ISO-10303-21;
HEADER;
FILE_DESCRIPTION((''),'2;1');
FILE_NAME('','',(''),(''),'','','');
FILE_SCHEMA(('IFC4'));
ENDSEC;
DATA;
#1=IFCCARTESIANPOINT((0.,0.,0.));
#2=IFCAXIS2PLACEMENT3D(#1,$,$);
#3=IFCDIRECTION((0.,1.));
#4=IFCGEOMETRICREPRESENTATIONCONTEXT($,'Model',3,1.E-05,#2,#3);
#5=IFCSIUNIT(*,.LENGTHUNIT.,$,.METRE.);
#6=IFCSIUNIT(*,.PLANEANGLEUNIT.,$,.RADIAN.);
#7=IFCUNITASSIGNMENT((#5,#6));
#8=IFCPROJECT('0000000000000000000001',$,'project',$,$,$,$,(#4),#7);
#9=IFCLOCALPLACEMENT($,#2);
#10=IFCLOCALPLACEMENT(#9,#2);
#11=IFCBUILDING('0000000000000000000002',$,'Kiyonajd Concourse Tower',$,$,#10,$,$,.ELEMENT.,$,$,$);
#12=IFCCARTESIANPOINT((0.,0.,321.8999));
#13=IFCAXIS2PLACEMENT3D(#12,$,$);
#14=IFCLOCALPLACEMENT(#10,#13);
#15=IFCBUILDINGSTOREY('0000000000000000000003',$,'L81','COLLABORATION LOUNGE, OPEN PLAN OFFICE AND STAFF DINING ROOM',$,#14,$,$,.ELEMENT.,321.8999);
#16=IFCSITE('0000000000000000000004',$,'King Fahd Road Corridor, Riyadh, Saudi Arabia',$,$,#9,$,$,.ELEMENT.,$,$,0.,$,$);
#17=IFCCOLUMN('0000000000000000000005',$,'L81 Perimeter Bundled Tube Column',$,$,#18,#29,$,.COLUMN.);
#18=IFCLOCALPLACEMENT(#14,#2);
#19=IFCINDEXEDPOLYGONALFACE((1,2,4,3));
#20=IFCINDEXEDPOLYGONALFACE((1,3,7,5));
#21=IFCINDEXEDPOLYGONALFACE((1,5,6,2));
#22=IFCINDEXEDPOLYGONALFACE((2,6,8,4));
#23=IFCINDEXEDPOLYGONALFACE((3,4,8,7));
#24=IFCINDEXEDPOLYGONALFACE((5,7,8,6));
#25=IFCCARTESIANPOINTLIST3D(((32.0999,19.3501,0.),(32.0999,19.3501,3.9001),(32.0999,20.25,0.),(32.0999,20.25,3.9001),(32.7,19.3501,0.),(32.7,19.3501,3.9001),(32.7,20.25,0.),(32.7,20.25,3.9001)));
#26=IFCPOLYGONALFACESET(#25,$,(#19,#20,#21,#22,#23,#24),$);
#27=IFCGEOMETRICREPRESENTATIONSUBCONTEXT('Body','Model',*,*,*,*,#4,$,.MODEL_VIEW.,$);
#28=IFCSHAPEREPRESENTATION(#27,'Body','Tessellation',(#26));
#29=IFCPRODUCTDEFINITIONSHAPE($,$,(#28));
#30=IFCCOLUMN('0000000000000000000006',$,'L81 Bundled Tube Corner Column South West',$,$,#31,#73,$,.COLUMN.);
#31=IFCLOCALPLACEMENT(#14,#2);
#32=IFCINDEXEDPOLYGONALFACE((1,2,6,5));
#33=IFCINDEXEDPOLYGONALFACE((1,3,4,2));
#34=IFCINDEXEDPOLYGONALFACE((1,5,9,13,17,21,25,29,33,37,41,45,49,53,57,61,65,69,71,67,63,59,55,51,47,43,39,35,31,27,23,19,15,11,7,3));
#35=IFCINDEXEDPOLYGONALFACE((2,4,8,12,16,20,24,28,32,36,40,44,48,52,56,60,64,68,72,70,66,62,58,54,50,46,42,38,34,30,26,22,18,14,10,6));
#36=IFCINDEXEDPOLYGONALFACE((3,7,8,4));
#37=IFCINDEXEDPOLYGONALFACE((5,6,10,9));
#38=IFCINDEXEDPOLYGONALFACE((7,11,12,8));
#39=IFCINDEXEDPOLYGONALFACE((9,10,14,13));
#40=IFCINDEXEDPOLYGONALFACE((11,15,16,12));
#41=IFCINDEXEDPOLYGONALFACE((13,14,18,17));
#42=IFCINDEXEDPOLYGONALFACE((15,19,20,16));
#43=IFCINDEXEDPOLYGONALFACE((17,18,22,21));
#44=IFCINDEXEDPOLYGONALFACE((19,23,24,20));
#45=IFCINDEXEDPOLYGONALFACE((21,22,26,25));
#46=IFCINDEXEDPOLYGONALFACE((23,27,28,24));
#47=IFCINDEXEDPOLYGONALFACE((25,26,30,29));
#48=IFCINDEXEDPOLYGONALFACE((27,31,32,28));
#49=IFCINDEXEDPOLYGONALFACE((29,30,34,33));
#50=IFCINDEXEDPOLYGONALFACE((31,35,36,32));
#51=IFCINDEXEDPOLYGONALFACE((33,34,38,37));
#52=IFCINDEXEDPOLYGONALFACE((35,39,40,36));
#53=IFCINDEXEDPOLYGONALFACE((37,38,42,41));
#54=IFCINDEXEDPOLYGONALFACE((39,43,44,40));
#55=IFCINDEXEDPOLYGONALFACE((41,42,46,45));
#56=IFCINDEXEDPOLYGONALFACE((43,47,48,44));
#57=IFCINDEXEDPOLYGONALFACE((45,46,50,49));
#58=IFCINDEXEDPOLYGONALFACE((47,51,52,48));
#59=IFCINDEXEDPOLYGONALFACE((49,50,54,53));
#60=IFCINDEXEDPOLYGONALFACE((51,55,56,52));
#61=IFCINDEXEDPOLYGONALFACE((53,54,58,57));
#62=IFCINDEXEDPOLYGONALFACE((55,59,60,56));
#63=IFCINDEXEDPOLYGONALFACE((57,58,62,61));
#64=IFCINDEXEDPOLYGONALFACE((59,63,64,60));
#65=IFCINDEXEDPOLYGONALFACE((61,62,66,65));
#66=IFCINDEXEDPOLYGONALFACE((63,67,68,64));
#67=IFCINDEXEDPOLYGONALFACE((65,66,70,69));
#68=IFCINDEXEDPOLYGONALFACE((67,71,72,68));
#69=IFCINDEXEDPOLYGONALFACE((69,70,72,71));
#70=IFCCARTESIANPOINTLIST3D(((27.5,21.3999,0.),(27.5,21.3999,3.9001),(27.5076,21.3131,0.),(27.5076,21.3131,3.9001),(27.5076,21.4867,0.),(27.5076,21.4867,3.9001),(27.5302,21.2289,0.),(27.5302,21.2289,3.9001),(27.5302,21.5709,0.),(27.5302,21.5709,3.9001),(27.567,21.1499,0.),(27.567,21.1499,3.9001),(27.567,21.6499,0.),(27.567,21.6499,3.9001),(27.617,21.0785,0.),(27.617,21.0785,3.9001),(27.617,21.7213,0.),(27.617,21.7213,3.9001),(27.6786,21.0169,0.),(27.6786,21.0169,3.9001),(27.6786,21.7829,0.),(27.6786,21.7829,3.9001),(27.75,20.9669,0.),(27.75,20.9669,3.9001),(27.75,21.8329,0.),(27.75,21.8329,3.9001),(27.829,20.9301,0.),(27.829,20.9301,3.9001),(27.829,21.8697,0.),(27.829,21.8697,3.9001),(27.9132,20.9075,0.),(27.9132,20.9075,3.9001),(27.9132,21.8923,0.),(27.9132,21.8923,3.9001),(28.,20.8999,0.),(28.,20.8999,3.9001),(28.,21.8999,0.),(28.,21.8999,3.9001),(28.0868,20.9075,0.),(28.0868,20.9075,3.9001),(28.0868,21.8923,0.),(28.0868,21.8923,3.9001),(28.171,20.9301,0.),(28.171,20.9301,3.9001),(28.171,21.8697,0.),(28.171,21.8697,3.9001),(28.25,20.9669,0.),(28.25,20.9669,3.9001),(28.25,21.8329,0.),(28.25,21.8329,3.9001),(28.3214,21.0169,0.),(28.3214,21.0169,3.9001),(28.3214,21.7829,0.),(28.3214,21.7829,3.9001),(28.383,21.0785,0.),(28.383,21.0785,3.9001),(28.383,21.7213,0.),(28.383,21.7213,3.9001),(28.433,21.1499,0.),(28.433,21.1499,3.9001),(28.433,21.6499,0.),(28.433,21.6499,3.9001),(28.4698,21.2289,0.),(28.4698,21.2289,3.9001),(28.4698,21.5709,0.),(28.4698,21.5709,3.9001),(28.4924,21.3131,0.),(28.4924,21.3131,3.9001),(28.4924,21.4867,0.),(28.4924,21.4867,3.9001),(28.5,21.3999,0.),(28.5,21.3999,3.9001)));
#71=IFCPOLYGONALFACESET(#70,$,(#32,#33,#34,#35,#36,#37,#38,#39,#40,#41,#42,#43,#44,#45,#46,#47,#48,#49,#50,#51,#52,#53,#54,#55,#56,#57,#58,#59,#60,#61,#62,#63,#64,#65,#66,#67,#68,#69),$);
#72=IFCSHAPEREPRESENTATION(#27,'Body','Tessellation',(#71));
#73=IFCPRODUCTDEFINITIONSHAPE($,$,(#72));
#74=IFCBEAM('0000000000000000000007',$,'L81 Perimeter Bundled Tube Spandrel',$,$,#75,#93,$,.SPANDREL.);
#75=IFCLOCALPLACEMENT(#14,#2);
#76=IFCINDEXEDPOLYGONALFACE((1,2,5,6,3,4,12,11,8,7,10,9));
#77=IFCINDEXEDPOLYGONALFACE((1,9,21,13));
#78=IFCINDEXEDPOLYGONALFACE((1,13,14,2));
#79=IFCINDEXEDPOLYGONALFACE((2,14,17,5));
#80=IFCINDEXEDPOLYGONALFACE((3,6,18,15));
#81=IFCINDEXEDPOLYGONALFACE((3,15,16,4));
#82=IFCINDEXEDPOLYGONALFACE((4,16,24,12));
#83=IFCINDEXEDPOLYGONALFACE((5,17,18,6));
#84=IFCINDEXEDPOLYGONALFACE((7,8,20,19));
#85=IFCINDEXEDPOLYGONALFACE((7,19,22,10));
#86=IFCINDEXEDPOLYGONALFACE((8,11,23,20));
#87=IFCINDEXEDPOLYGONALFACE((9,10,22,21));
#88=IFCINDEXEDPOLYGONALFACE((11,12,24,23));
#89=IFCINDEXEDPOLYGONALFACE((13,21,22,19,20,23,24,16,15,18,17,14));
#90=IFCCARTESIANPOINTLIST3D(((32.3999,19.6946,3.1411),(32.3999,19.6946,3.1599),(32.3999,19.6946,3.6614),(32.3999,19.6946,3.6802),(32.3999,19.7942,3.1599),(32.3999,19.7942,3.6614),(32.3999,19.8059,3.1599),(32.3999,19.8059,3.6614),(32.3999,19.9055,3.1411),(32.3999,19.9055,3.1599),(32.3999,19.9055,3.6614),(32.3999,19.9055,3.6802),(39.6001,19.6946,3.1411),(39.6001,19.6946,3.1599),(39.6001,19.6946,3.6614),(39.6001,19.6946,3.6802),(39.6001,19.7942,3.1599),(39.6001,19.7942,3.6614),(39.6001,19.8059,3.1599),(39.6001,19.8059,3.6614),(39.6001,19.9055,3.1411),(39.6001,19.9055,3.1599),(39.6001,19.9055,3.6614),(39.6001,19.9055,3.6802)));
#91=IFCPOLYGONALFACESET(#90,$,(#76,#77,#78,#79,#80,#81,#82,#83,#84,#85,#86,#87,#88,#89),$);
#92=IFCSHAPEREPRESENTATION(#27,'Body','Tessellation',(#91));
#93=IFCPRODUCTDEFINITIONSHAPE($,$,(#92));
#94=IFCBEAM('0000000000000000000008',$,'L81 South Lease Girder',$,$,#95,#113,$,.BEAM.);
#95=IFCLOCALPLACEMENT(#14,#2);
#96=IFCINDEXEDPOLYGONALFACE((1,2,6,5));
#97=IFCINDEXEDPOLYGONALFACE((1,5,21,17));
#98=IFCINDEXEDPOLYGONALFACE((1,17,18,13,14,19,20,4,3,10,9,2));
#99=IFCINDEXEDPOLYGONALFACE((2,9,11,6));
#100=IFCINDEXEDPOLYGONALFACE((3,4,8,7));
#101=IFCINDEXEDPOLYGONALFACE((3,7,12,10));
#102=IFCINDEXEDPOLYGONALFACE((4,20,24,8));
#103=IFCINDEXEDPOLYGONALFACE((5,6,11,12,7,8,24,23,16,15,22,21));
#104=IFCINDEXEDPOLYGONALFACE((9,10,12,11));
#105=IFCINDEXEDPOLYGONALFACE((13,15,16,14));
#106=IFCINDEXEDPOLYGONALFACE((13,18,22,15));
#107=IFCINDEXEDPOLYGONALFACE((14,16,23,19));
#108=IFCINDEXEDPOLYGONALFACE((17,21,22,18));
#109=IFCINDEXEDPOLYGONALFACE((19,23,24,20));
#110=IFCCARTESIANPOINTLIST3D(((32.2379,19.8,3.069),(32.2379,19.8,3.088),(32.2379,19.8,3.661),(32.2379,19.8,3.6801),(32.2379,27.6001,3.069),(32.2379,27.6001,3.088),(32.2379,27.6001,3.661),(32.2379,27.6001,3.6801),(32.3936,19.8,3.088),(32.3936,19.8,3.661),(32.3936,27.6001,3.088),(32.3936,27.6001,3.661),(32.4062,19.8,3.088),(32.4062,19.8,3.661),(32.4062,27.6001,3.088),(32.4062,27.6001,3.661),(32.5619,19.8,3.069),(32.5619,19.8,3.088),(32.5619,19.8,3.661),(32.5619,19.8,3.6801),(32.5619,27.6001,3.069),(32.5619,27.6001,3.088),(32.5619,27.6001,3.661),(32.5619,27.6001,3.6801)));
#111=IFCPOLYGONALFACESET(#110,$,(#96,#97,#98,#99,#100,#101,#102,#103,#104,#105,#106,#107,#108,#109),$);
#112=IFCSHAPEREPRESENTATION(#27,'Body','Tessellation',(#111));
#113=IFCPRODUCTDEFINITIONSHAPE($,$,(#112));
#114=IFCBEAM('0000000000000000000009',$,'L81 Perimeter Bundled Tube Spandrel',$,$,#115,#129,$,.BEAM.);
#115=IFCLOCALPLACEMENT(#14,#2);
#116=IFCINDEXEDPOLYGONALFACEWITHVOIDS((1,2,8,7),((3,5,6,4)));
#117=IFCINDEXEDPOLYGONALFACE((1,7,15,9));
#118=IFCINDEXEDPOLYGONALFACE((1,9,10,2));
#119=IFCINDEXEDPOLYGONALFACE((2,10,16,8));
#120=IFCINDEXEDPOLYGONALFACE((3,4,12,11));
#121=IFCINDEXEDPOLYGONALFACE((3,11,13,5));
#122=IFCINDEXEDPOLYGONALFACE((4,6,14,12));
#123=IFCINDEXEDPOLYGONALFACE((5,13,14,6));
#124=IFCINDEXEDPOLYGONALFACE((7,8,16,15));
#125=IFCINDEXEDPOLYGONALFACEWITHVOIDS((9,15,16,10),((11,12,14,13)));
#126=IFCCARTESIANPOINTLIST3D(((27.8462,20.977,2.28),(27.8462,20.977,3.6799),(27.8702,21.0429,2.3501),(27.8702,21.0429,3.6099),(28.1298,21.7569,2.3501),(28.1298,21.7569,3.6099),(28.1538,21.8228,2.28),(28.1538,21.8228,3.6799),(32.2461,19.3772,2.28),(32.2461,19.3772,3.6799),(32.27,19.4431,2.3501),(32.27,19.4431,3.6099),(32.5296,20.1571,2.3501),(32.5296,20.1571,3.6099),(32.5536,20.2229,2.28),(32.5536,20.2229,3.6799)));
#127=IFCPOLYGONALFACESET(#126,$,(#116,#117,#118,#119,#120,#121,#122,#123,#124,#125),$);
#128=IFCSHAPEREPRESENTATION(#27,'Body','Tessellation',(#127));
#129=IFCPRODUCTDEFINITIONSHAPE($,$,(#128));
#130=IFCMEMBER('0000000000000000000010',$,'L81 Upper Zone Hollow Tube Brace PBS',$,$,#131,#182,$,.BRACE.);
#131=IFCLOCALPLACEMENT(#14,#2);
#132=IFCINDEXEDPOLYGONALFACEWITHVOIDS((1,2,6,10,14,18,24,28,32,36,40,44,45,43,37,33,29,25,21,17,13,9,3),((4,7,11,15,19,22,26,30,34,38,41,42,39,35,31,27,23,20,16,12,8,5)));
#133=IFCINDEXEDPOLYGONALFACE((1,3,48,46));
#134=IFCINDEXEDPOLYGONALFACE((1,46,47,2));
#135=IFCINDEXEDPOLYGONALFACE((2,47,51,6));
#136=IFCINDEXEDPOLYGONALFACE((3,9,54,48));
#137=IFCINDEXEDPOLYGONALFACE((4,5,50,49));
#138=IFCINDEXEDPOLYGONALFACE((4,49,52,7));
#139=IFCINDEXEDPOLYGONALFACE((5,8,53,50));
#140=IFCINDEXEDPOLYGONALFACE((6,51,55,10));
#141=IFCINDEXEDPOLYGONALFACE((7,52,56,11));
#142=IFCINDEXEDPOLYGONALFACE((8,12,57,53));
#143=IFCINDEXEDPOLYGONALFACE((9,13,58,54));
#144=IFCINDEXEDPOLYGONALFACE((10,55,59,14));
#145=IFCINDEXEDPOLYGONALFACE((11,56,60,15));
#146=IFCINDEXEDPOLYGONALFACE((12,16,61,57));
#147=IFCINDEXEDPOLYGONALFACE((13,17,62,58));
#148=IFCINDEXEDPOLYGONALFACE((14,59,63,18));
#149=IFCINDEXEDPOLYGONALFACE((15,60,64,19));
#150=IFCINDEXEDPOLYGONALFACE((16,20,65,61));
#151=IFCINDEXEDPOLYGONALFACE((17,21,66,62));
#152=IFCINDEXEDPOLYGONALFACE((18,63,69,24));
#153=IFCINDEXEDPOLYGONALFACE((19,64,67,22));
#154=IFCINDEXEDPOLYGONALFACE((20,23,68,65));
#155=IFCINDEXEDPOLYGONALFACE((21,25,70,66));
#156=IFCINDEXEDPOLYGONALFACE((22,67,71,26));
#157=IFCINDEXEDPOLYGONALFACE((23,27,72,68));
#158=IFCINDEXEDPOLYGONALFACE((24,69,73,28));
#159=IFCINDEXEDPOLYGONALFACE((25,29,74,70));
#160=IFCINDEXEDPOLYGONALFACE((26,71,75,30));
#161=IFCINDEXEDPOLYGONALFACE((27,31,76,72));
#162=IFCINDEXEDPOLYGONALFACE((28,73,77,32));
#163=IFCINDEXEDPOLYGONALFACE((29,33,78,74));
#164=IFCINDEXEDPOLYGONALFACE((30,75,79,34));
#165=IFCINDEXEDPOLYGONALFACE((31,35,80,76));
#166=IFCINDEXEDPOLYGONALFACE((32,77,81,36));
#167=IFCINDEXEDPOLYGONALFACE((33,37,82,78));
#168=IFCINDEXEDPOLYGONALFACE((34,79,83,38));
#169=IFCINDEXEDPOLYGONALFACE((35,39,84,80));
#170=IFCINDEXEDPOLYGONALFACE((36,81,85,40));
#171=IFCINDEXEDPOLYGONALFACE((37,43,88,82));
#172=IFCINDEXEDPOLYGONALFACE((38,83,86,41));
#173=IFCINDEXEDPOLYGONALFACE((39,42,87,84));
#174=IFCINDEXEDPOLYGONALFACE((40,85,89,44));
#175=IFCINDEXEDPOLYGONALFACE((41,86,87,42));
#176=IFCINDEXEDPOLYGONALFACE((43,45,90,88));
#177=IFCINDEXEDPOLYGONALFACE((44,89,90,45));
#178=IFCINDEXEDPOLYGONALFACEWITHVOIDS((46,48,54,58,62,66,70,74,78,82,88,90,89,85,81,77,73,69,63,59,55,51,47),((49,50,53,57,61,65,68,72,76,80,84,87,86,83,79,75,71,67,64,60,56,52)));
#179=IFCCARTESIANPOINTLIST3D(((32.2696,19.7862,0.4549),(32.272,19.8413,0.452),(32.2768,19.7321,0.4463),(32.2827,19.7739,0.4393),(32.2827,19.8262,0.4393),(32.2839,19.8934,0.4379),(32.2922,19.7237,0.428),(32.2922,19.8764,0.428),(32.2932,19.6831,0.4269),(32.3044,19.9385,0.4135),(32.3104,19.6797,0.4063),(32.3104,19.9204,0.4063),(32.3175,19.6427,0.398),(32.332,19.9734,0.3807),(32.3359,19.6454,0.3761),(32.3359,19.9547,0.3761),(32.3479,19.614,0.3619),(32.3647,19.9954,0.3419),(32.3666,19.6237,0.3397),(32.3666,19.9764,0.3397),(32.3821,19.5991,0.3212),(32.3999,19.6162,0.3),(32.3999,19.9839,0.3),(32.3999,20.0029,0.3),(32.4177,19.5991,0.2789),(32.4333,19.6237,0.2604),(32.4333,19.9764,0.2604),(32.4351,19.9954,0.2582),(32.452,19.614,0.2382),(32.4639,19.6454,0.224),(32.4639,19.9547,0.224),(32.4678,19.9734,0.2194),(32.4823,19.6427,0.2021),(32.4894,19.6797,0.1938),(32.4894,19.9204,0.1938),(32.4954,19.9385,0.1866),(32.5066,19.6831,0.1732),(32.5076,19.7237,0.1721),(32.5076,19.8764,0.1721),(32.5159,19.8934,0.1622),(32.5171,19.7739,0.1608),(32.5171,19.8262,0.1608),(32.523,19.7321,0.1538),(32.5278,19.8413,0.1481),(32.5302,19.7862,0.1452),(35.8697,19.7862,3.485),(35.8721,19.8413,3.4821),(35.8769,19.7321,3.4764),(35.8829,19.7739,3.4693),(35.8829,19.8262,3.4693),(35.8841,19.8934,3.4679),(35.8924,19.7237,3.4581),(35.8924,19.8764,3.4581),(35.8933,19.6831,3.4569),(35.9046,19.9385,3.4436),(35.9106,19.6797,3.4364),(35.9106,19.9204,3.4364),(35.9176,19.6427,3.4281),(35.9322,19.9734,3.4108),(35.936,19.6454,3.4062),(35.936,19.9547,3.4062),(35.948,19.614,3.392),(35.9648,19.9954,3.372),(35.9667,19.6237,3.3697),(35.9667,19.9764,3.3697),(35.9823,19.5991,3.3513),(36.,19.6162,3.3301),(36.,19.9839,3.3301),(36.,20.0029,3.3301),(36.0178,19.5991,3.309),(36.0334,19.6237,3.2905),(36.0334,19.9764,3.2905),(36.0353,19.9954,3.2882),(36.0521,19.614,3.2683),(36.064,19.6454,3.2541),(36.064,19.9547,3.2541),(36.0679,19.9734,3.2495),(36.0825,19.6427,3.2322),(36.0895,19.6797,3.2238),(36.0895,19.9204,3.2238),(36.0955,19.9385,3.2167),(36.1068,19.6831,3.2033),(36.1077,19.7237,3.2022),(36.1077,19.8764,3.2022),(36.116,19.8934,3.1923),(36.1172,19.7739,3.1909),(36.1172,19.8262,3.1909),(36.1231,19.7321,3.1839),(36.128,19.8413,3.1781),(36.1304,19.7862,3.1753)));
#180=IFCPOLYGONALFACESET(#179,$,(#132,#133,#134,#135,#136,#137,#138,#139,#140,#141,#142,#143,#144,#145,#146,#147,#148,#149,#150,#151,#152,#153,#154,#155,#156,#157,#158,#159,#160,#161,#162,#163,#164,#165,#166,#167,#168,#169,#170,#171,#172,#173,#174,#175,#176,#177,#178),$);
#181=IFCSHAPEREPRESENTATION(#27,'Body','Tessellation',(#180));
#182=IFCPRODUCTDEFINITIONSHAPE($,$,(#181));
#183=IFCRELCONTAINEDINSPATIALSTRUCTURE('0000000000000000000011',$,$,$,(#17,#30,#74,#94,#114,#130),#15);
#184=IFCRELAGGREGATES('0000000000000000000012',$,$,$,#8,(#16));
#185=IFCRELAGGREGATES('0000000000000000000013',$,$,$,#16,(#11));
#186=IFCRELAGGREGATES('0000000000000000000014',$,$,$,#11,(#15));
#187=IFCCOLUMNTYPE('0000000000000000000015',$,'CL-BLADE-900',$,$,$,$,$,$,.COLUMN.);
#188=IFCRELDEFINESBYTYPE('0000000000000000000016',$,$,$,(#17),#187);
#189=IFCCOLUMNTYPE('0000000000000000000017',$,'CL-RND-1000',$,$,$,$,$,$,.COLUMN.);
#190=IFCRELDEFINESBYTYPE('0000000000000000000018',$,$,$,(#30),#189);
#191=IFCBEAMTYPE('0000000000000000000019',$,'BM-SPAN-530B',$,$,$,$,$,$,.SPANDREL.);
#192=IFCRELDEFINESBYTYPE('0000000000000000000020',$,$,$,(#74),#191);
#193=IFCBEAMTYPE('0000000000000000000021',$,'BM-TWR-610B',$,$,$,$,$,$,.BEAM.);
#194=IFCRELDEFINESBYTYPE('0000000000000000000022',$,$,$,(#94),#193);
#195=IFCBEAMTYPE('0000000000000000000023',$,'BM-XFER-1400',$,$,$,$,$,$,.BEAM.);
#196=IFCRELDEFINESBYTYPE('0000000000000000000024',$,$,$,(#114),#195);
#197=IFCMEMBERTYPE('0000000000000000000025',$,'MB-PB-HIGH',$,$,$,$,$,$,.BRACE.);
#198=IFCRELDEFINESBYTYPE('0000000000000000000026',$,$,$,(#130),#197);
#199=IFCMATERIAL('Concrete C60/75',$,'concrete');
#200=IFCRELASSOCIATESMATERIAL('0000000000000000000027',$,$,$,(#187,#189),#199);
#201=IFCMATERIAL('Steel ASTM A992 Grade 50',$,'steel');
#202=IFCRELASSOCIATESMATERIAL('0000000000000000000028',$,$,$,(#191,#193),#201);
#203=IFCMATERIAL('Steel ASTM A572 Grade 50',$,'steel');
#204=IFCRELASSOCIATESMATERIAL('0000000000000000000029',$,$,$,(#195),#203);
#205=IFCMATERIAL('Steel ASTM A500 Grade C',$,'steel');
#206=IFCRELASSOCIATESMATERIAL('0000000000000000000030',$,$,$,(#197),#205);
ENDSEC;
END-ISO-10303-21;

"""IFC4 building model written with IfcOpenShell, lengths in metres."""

from ifc_helpers import new_model, si_unit, direction, frame, origin, origin_2d, place, context, subcontext, project, spatial, rectangle, hollow_rectangle, circle, hollow_circle, i_section, extrude, material, material_profile, profile_set, type_object, element, save


model = new_model("IFC4")

# Units and contexts
model_context = context("Model", 3, precision=1e-05, world=origin(), true_north=direction((0.0, 1.0)))
body_context = subcontext(model_context, "Body", "Model", "MODEL_VIEW")
ifc_project = project(units=[si_unit("LENGTHUNIT", "METRE"), si_unit("PLANEANGLEUNIT", "RADIAN")], contexts=[model_context])

# Site, building, storey
site_placement = place(None, origin())
site = spatial("IfcSite", under=ifc_project, at=site_placement, Name="King Fahd Road Corridor, Riyadh, Saudi Arabia", CompositionType="ELEMENT", RefElevation=0.0)
building_placement = place(site_placement, origin())
building = spatial("IfcBuilding", under=site, at=building_placement, Name="Kiyonajd Concourse Tower", CompositionType="ELEMENT")
storey_placement = place(building_placement, frame((0.0, 0.0, 321.8999)))
storey = spatial("IfcBuildingStorey", under=building, at=storey_placement, Name="L81", Description="COLLABORATION LOUNGE, OPEN PLAN OFFICE AND STAFF DINING ROOM", CompositionType="ELEMENT", Elevation=321.8999)

# Columns
ifc_material_1 = material(Name="Concrete C60/75", Category="concrete")
ifc_material_profile_1 = material_profile(ifc_material_1, rectangle(XDim=0.6001, YDim=0.8999, at=origin_2d()), Name="RC-900x600")
ifc_profile_set_1 = profile_set([ifc_material_profile_1], Name="Concrete C60/75")
column_type_1 = type_object("IfcColumnType", Name="CL-BLADE-900", PredefinedType="COLUMN", material=ifc_profile_set_1)
column_1_placement = place(storey_placement, frame((32.3999, 19.8, 0.0), z_axis=(0.0, 0.0, 1.0), x_axis=(1.0, 0.0, 0.0)))
element("IfcColumn", 1, at=column_1_placement, inside=storey, type_object=column_type_1, Name="L81 Perimeter Bundled Tube Column", PredefinedType="COLUMN", context=body_context, shape_type="SweptSolid", body=[
    extrude(rectangle(XDim=0.6001, YDim=0.8999, at=origin_2d()), origin(), (0.0, 0.0, 1.0), 3.9001),
])
ifc_material_profile_2 = material_profile(ifc_material_1, circle(Radius=0.5, at=origin_2d()), Name="RCC-D1000")
ifc_profile_set_2 = profile_set([ifc_material_profile_2], Name="Concrete C60/75")
column_type_2 = type_object("IfcColumnType", Name="CL-RND-1000", PredefinedType="COLUMN", material=ifc_profile_set_2)
column_2_placement = place(storey_placement, frame((28.0, 21.3999, 0.0), z_axis=(0.0, 0.0, 1.0), x_axis=(1.0, 0.0, 0.0)))
element("IfcColumn", 2, at=column_2_placement, inside=storey, type_object=column_type_2, Name="L81 Bundled Tube Corner Column South West", PredefinedType="COLUMN", context=body_context, shape_type="SweptSolid", body=[
    extrude(circle(Radius=0.5, at=origin_2d()), origin(), (0.0, 0.0, 1.0), 3.9001),
])

# Beams
ifc_material_2 = material(Name="Steel ASTM A992 Grade 50", Category="steel")
ifc_material_profile_3 = material_profile(ifc_material_2, i_section(OverallWidth=0.2109, OverallDepth=0.5391, WebThickness=0.0117, FlangeThickness=0.0188, at=origin_2d()), Name="W530X109")
ifc_profile_set_3 = profile_set([ifc_material_profile_3], Name="Steel ASTM A992 Grade 50")
beam_type_1 = type_object("IfcBeamType", Name="BM-SPAN-530B", PredefinedType="SPANDREL", material=ifc_profile_set_3)
beam_1_placement = place(storey_placement, frame((32.3999, 19.8, 3.4106), z_axis=(1.0, 0.0, 0.0), x_axis=(0.0, 1.0, 0.0)))
element("IfcBeam", 3, at=beam_1_placement, inside=storey, type_object=beam_type_1, Name="L81 Perimeter Bundled Tube Spandrel", PredefinedType="SPANDREL", context=body_context, shape_type="SweptSolid", body=[
    extrude(i_section(OverallWidth=0.2109, OverallDepth=0.5391, WebThickness=0.0117, FlangeThickness=0.0188, at=origin_2d()), origin(), (0.0, 0.0, 1.0), 7.2002),
])
ifc_material_profile_4 = material_profile(ifc_material_2, i_section(OverallWidth=0.324, OverallDepth=0.6111, WebThickness=0.0127, FlangeThickness=0.019, at=origin_2d()), Name="W610X155")
ifc_profile_set_4 = profile_set([ifc_material_profile_4], Name="Steel ASTM A992 Grade 50")
beam_type_2 = type_object("IfcBeamType", Name="BM-TWR-610B", PredefinedType="BEAM", material=ifc_profile_set_4)
beam_2_placement = place(storey_placement, frame((32.3999, 19.8, 3.3745), z_axis=(0.0, 1.0, 0.0), x_axis=(-1.0, 0.0, 0.0)))
element("IfcBeam", 4, at=beam_2_placement, inside=storey, type_object=beam_type_2, Name="L81 South Lease Girder", PredefinedType="BEAM", context=body_context, shape_type="SweptSolid", body=[
    extrude(i_section(OverallWidth=0.324, OverallDepth=0.6111, WebThickness=0.0127, FlangeThickness=0.019, at=origin_2d()), origin(), (0.0, 0.0, 1.0), 7.8),
])
ifc_material_3 = material(Name="Steel ASTM A572 Grade 50", Category="steel")
ifc_material_profile_5 = material_profile(ifc_material_3, hollow_rectangle(XDim=0.8999, YDim=1.3999, WallThickness=0.0701, at=origin_2d()), Name="BOX-1400x900x70")
ifc_profile_set_5 = profile_set([ifc_material_profile_5], Name="Steel ASTM A572 Grade 50")
beam_type_3 = type_object("IfcBeamType", Name="BM-XFER-1400", PredefinedType="BEAM", material=ifc_profile_set_5)
beam_3_placement = place(storey_placement, frame((28.0, 21.3999, 2.98), z_axis=(0.939801, -0.341722, 0.0), x_axis=(0.341722, 0.939801, 0.0)))
element("IfcBeam", 5, at=beam_3_placement, inside=storey, type_object=beam_type_3, Name="L81 Perimeter Bundled Tube Spandrel", PredefinedType="BEAM", context=body_context, shape_type="SweptSolid", body=[
    extrude(hollow_rectangle(XDim=0.8999, YDim=1.3999, WallThickness=0.0701, at=origin_2d()), origin(), (0.0, 0.0, 1.0), 4.6816),
])

# Member
ifc_material_4 = material(Name="Steel ASTM A500 Grade C", Category="steel")
ifc_material_profile_6 = material_profile(ifc_material_4, hollow_circle(Radius=0.2029, WallThickness=0.019, at=origin_2d()), Name="CHS-406x19")
ifc_profile_set_6 = profile_set([ifc_material_profile_6], Name="Steel ASTM A500 Grade C")
member_type = type_object("IfcMemberType", Name="MB-PB-HIGH", PredefinedType="BRACE", material=ifc_profile_set_6)
member_placement = place(storey_placement, frame((32.3999, 19.8, 0.3), z_axis=(0.765082, 0.0, 0.643933), x_axis=(0.0, 1.0, 0.0)))
element("IfcMember", 6, at=member_placement, inside=storey, type_object=member_type, Name="L81 Upper Zone Hollow Tube Brace PBS", PredefinedType="BRACE", context=body_context, shape_type="SweptSolid", body=[
    extrude(hollow_circle(Radius=0.2029, WallThickness=0.019, at=origin_2d()), origin(), (0.0, 0.0, 1.0), 4.7056),
])

save(model, "model.ifc")
